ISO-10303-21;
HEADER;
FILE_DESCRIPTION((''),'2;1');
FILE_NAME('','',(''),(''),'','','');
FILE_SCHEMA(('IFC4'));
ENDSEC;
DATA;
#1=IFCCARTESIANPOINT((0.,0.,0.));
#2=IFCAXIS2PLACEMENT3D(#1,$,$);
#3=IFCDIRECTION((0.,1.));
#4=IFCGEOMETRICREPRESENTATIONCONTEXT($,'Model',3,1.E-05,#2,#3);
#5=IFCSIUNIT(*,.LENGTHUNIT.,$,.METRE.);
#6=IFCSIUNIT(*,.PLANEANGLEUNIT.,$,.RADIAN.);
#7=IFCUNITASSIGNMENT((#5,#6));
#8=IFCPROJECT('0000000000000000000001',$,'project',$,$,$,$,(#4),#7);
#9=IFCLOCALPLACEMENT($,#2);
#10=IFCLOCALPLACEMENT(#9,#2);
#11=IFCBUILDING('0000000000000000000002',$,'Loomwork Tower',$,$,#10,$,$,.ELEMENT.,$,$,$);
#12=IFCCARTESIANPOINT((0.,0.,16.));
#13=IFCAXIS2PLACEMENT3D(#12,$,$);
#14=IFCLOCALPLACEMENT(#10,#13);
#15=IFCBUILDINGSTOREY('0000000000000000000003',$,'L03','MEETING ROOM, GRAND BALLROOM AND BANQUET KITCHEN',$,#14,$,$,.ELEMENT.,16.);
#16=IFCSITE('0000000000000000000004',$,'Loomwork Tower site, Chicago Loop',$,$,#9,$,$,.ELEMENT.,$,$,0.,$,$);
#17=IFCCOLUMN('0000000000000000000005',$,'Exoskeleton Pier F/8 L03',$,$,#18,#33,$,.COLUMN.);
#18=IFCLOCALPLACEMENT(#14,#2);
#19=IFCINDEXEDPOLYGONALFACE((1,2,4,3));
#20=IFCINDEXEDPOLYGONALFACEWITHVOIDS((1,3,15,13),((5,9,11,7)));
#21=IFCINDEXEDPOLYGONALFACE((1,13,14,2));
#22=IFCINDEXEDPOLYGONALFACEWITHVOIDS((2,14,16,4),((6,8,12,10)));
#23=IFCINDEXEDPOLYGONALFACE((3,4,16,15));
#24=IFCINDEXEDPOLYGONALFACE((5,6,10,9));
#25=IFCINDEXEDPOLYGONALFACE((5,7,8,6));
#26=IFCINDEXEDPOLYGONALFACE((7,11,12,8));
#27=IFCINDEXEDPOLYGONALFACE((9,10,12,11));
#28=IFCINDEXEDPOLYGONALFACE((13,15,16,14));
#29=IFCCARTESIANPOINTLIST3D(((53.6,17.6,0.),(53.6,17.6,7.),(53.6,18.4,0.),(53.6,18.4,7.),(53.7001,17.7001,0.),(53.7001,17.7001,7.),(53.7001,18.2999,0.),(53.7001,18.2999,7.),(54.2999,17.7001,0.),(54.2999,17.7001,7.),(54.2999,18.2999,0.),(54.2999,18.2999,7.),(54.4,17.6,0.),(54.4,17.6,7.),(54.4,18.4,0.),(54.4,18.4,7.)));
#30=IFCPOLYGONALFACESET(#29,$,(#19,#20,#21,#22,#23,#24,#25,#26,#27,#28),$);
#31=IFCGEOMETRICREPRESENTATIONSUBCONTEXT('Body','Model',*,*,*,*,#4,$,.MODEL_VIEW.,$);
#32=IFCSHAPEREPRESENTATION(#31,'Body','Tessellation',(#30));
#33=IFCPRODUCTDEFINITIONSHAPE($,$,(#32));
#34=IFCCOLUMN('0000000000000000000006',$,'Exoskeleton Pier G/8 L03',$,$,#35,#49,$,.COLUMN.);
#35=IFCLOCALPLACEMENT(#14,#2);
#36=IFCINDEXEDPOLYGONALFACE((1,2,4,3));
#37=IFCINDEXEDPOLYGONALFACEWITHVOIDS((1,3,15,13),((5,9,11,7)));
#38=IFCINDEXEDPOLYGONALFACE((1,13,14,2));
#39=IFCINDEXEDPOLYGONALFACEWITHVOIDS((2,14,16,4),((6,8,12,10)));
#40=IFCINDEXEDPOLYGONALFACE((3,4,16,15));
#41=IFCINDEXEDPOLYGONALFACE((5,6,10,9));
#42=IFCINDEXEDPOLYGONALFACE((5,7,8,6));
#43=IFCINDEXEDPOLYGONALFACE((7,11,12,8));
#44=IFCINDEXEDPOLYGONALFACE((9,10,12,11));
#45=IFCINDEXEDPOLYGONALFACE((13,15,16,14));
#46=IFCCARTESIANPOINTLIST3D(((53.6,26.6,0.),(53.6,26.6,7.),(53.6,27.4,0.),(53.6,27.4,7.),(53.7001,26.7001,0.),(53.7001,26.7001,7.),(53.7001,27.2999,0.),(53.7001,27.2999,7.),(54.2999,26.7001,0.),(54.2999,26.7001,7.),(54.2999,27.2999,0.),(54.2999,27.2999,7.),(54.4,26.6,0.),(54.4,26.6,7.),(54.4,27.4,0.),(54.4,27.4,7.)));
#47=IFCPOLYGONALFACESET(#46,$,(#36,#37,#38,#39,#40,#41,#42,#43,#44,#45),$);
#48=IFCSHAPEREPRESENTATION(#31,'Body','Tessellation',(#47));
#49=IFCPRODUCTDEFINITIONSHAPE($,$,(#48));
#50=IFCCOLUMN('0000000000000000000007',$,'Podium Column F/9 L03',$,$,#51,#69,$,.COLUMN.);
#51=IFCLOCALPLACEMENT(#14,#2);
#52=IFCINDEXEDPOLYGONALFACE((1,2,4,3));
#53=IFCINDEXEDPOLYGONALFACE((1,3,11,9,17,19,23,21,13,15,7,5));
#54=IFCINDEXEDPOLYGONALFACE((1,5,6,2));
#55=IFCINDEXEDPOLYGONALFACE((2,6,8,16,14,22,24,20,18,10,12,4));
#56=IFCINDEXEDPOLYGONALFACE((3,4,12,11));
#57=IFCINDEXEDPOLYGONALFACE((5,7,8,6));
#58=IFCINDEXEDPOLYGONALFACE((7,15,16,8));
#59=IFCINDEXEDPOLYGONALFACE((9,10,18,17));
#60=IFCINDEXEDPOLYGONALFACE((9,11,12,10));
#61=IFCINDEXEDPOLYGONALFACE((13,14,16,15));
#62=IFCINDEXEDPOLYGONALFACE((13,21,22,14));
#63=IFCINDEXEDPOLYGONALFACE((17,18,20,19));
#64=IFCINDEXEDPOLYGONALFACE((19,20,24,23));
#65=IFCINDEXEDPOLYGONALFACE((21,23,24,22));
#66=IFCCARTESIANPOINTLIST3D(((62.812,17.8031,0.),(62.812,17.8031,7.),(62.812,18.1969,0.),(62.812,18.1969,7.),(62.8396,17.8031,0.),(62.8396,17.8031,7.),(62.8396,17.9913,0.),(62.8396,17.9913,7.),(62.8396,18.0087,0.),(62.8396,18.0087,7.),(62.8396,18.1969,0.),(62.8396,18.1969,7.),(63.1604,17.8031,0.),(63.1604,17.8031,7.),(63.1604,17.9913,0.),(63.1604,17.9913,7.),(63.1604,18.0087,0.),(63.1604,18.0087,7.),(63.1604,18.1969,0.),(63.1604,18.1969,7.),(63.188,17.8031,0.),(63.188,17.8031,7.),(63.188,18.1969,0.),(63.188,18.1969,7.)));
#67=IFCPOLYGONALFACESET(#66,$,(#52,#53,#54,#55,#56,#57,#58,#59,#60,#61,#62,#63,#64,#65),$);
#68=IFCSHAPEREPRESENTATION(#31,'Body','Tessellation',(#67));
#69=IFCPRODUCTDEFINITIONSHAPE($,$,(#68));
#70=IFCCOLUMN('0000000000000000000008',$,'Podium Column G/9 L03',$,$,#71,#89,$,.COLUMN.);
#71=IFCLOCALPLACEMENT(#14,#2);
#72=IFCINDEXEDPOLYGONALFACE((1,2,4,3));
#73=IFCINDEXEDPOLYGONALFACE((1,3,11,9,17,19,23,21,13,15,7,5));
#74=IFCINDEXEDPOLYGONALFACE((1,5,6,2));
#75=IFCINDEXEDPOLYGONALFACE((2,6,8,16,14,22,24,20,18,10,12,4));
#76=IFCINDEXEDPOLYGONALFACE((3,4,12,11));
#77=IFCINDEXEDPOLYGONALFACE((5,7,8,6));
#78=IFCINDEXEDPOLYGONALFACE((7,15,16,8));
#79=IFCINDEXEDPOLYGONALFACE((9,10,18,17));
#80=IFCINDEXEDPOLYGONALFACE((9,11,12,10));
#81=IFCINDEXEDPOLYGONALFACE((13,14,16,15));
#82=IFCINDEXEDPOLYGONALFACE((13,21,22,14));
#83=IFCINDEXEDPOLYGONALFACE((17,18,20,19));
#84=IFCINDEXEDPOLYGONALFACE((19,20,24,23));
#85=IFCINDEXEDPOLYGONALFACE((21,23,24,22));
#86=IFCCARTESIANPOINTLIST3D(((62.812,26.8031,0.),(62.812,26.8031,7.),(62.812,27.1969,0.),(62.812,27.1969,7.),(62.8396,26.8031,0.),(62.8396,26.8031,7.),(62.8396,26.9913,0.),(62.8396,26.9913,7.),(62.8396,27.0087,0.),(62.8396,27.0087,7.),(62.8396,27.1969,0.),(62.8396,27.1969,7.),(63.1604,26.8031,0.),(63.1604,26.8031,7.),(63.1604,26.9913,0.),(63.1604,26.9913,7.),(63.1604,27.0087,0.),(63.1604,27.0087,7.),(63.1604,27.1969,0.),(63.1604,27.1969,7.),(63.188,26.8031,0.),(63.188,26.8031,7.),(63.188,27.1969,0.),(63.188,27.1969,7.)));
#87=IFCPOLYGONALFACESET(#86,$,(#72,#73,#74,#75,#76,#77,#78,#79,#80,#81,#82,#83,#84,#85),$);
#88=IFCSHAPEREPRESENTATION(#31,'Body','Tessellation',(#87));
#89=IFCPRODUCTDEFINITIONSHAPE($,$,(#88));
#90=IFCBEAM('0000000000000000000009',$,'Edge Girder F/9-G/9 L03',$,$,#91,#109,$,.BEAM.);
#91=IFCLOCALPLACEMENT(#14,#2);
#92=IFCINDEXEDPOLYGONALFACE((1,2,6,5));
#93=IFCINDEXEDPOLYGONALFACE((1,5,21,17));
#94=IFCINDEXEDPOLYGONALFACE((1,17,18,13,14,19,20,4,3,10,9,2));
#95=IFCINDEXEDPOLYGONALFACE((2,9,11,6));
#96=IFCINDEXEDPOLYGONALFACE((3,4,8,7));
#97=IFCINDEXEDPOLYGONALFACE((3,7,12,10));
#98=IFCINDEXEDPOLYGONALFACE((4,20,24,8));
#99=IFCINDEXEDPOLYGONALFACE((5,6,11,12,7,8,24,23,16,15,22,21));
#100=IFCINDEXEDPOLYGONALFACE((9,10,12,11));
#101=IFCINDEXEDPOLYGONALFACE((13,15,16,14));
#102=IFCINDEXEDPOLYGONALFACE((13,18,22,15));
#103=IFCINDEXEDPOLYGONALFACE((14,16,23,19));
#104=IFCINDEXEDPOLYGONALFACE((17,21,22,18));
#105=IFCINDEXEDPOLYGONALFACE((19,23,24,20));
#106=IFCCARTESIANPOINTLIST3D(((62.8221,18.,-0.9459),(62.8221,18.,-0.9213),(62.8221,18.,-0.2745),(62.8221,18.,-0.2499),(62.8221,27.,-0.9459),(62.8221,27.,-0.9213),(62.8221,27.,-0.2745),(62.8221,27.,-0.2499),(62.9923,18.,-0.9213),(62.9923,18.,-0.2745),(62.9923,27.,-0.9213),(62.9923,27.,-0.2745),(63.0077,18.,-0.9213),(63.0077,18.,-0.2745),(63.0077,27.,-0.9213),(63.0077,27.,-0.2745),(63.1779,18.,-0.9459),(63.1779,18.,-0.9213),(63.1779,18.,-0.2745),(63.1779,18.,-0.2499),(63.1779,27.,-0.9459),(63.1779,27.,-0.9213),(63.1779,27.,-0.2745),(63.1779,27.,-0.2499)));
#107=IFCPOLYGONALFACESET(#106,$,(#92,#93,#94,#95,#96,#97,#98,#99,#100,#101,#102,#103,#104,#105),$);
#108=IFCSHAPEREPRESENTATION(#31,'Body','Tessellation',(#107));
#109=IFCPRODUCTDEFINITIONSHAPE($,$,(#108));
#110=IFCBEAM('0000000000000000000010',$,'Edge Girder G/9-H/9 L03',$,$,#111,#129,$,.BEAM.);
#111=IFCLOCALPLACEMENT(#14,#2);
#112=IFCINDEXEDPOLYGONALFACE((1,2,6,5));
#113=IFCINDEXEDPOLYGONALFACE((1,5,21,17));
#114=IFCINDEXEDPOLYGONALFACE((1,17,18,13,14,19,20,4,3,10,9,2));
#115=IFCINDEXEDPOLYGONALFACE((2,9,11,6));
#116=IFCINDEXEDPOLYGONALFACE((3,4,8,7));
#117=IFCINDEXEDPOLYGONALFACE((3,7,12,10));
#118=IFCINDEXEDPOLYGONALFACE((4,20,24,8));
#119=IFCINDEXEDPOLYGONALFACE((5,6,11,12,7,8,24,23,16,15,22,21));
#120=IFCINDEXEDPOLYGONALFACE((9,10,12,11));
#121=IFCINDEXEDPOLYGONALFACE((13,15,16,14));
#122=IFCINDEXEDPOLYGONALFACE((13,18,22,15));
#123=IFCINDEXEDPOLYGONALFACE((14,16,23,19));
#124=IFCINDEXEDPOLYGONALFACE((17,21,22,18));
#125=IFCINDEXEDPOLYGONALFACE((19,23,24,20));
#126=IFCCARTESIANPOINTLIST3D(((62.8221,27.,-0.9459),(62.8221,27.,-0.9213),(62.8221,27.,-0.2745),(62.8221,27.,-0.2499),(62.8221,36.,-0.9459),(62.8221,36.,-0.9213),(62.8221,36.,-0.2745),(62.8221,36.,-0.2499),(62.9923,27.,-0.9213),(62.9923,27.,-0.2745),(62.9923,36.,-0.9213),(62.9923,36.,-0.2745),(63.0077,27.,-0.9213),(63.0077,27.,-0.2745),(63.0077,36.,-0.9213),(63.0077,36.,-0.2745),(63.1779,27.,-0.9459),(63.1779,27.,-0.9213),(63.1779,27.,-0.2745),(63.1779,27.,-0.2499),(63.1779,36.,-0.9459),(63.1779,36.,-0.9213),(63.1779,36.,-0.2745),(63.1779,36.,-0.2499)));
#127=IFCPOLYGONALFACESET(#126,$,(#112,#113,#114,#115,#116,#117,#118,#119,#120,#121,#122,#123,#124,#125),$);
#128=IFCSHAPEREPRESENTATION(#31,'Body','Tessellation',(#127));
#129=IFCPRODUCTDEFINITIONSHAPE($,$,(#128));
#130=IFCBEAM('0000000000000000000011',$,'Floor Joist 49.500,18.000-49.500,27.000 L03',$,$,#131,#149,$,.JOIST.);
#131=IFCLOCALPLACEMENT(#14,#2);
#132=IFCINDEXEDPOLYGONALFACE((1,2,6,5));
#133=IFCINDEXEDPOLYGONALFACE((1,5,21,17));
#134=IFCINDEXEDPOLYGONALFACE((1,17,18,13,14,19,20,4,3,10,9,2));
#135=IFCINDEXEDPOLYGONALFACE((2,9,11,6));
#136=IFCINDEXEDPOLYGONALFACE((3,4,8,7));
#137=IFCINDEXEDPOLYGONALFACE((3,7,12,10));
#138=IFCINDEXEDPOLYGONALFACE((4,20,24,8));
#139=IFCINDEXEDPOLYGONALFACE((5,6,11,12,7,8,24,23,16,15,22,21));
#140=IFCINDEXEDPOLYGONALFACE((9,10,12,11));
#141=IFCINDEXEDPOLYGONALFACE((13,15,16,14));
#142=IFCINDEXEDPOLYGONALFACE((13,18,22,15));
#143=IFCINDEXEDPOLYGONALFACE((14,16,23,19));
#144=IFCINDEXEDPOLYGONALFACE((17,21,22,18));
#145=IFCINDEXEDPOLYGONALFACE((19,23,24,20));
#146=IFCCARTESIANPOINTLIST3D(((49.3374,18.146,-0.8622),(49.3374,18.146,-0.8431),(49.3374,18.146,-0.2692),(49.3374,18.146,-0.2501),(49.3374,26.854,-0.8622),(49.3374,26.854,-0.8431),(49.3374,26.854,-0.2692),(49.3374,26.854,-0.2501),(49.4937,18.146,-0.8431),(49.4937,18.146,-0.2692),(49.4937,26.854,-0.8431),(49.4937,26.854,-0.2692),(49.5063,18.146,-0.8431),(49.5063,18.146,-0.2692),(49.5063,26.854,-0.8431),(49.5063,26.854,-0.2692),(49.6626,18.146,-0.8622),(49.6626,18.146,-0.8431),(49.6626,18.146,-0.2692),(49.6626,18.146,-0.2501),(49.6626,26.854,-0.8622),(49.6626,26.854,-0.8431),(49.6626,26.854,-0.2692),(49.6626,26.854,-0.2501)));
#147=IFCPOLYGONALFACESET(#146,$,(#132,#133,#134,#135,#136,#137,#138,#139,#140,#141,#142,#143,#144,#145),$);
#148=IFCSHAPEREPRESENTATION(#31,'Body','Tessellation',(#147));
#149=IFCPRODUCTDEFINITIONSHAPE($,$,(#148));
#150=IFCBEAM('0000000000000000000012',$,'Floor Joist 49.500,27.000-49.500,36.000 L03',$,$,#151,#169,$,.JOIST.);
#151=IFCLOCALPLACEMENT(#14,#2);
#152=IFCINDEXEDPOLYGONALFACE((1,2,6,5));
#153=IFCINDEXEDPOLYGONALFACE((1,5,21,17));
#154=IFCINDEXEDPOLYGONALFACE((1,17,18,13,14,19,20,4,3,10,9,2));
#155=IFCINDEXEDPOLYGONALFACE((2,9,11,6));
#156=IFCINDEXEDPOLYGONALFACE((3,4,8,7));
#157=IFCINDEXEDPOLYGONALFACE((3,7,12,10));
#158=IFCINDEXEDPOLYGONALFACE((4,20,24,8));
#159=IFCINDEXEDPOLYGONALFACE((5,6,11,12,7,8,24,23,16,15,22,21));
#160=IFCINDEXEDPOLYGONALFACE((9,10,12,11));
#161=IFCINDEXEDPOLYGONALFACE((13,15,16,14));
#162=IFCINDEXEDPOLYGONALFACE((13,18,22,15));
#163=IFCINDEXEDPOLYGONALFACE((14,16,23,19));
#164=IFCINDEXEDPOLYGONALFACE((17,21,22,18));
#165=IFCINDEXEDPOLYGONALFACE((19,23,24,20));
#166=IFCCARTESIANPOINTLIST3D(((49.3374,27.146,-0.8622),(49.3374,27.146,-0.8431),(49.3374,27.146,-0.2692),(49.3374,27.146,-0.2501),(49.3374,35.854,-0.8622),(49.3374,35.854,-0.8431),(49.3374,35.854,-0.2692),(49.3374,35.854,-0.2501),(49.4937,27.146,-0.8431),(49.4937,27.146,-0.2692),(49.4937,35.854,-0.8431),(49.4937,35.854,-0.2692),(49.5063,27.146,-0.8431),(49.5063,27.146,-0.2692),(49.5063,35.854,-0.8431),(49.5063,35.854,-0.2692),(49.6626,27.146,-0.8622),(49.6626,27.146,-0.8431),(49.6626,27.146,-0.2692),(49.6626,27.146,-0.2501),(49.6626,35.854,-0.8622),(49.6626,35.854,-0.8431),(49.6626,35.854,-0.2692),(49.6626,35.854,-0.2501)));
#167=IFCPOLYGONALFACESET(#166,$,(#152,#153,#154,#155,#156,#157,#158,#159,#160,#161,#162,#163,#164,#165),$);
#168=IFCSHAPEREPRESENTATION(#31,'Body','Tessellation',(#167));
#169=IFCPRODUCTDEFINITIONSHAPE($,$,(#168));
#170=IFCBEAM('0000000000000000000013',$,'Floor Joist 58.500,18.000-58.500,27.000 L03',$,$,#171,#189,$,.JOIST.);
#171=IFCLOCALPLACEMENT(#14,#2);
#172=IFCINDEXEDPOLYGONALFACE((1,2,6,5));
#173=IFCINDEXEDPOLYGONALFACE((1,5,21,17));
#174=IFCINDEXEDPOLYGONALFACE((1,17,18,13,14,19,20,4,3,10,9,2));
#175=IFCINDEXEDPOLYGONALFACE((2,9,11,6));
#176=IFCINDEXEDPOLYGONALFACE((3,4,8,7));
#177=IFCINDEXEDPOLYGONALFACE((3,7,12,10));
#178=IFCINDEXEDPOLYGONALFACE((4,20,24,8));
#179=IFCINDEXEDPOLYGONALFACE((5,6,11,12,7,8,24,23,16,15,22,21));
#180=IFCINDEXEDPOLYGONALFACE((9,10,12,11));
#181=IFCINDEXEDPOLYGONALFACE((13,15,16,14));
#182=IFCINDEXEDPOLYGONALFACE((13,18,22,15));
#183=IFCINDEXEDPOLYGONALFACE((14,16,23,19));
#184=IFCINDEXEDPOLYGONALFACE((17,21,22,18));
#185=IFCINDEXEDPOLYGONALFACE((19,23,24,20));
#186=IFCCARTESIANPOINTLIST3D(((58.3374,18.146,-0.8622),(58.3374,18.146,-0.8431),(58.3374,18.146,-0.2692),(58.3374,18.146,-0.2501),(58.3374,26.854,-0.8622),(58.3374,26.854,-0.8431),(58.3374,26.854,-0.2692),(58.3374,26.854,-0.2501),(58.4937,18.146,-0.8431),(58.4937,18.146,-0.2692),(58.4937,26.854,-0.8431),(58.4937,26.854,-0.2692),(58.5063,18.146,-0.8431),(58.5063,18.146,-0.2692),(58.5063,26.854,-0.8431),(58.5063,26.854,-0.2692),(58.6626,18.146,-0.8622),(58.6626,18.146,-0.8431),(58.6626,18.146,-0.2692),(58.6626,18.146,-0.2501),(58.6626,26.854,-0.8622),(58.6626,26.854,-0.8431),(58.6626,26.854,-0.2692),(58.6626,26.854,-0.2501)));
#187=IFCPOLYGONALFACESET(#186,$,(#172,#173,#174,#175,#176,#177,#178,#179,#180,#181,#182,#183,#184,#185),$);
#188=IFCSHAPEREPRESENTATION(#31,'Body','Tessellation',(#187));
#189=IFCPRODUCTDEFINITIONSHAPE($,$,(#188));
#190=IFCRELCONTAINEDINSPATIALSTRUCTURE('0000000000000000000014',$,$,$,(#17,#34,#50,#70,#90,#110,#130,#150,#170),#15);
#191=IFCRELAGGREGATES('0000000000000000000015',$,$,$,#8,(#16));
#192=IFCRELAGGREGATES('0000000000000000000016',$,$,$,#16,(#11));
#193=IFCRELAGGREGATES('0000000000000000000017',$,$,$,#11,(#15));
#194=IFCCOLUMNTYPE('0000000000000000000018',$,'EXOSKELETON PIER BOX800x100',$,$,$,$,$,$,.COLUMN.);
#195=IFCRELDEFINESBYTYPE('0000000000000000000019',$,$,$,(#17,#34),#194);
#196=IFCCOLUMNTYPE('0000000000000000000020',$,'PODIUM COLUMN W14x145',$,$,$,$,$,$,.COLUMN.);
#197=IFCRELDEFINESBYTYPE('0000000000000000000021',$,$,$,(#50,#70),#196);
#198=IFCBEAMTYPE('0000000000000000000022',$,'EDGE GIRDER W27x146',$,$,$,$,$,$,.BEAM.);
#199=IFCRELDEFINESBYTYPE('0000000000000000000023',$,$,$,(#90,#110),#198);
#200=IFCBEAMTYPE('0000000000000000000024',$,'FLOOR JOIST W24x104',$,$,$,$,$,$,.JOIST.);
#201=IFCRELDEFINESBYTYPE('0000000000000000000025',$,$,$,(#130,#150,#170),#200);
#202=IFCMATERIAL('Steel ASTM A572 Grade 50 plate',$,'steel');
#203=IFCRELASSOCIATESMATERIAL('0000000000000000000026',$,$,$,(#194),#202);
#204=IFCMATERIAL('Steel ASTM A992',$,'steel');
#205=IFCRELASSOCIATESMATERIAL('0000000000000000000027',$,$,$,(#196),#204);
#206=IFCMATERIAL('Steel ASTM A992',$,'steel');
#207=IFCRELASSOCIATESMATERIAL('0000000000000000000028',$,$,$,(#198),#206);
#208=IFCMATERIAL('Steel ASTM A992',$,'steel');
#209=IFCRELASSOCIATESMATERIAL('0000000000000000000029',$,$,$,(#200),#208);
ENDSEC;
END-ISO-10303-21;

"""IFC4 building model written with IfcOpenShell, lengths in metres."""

from ifc_helpers import new_model, si_unit, direction, frame, origin, origin_2d, place, context, subcontext, project, spatial, hollow_rectangle, i_section, extrude, material, material_profile, profile_set, type_object, element, save


model = new_model("IFC4")

# Units and contexts
model_context = context("Model", 3, precision=1e-05, world=origin(), true_north=direction((0.0, 1.0)))
body_context = subcontext(model_context, "Body", "Model", "MODEL_VIEW")
ifc_project = project(units=[si_unit("LENGTHUNIT", "METRE"), si_unit("PLANEANGLEUNIT", "RADIAN")], contexts=[model_context])

# Site, building, storey
site_placement = place(None, origin())
site = spatial("IfcSite", under=ifc_project, at=site_placement, Name="Loomwork Tower site, Chicago Loop", CompositionType="ELEMENT", RefElevation=0.0)
building_placement = place(site_placement, origin())
building = spatial("IfcBuilding", under=site, at=building_placement, Name="Loomwork Tower", CompositionType="ELEMENT")
storey_placement = place(building_placement, frame((0.0, 0.0, 16.0)))
storey = spatial("IfcBuildingStorey", under=building, at=storey_placement, Name="L03", Description="MEETING ROOM, GRAND BALLROOM AND BANQUET KITCHEN", CompositionType="ELEMENT", Elevation=16.0)

# Columns
ifc_material_1 = material(Name="Steel ASTM A572 Grade 50 plate", Category="steel")
ifc_material_profile_1 = material_profile(ifc_material_1, hollow_rectangle(XDim=0.8, YDim=0.8, WallThickness=0.1001, at=origin_2d()), Name="BOX800x100")
ifc_profile_set_1 = profile_set([ifc_material_profile_1], Name="Steel ASTM A572 Grade 50 plate")
column_type_1 = type_object("IfcColumnType", Name="EXOSKELETON PIER BOX800x100", PredefinedType="COLUMN", material=ifc_profile_set_1)
for number, where, z_axis, x_axis, name in (
    (1, (54.0, 18.0, 0.0), (0.0, 0.0, 1.0), (0.0, 1.0, 0.0), "Exoskeleton Pier F/8 L03"),
    (2, (54.0, 27.0, 0.0), (0.0, 0.0, 1.0), (0.0, 1.0, 0.0), "Exoskeleton Pier G/8 L03"),
):
    element("IfcColumn", number, at=place(storey_placement, frame(where, z_axis=z_axis, x_axis=x_axis)), inside=storey, type_object=column_type_1, Name=name, PredefinedType="COLUMN", context=body_context, shape_type="SweptSolid", body=[
        extrude(hollow_rectangle(XDim=0.8, YDim=0.8, WallThickness=0.1001, at=origin_2d()), origin(), (0.0, 0.0, 1.0), 7.0),
    ])
ifc_material_2 = material(Name="Steel ASTM A992", Category="steel")
ifc_material_profile_2 = material_profile(ifc_material_2, i_section(OverallWidth=0.3938, OverallDepth=0.376, WebThickness=0.0173, FlangeThickness=0.0276, at=origin_2d()), Name="W14x145")
ifc_profile_set_2 = profile_set([ifc_material_profile_2], Name="Steel ASTM A992")
column_type_2 = type_object("IfcColumnType", Name="PODIUM COLUMN W14x145", PredefinedType="COLUMN", material=ifc_profile_set_2)
for number, where, z_axis, x_axis, name in (
    (3, (63.0, 18.0, 0.0), (0.0, 0.0, 1.0), (0.0, 1.0, 0.0), "Podium Column F/9 L03"),
    (4, (63.0, 27.0, 0.0), (0.0, 0.0, 1.0), (0.0, 1.0, 0.0), "Podium Column G/9 L03"),
):
    element("IfcColumn", number, at=place(storey_placement, frame(where, z_axis=z_axis, x_axis=x_axis)), inside=storey, type_object=column_type_2, Name=name, PredefinedType="COLUMN", context=body_context, shape_type="SweptSolid", body=[
        extrude(i_section(OverallWidth=0.3938, OverallDepth=0.376, WebThickness=0.0173, FlangeThickness=0.0276, at=origin_2d()), origin(), (0.0, 0.0, 1.0), 7.0),
    ])

# Beams
ifc_material_3 = material(Name="Steel ASTM A992", Category="steel")
ifc_material_profile_3 = material_profile(ifc_material_3, i_section(OverallWidth=0.3557, OverallDepth=0.696, WebThickness=0.0154, FlangeThickness=0.0247, at=origin_2d()), Name="W27x146")
ifc_profile_set_3 = profile_set([ifc_material_profile_3], Name="Steel ASTM A992")
beam_type_1 = type_object("IfcBeamType", Name="EDGE GIRDER W27x146", PredefinedType="BEAM", material=ifc_profile_set_3)
for number, where, z_axis, x_axis, name in (
    (5, (63.0, 18.0, -0.5979), (0.0, 1.0, 0.0), (-1.0, 0.0, 0.0), "Edge Girder F/9-G/9 L03"),
    (6, (63.0, 27.0, -0.5979), (0.0, 1.0, 0.0), (-1.0, 0.0, 0.0), "Edge Girder G/9-H/9 L03"),
):
    element("IfcBeam", number, at=place(storey_placement, frame(where, z_axis=z_axis, x_axis=x_axis)), inside=storey, type_object=beam_type_1, Name=name, PredefinedType="BEAM", context=body_context, shape_type="SweptSolid", body=[
        extrude(i_section(OverallWidth=0.3557, OverallDepth=0.696, WebThickness=0.0154, FlangeThickness=0.0247, at=origin_2d()), origin(), (0.0, 0.0, 1.0), 9.0),
    ])
ifc_material_4 = material(Name="Steel ASTM A992", Category="steel")
ifc_material_profile_4 = material_profile(ifc_material_4, i_section(OverallWidth=0.3252, OverallDepth=0.6121, WebThickness=0.0127, FlangeThickness=0.019, at=origin_2d()), Name="W24x104")
ifc_profile_set_4 = profile_set([ifc_material_profile_4], Name="Steel ASTM A992")
beam_type_2 = type_object("IfcBeamType", Name="FLOOR JOIST W24x104", PredefinedType="JOIST", material=ifc_profile_set_4)
for number, where, z_axis, x_axis, name in (
    (7, (49.5, 18.146, -0.5562), (0.0, 1.0, 0.0), (-1.0, 0.0, 0.0), "Floor Joist 49.500,18.000-49.500,27.000 L03"),
    (8, (49.5, 27.146, -0.5562), (0.0, 1.0, 0.0), (-1.0, 0.0, 0.0), "Floor Joist 49.500,27.000-49.500,36.000 L03"),
    (9, (58.5, 18.146, -0.5562), (0.0, 1.0, 0.0), (-1.0, 0.0, 0.0), "Floor Joist 58.500,18.000-58.500,27.000 L03"),
):
    element("IfcBeam", number, at=place(storey_placement, frame(where, z_axis=z_axis, x_axis=x_axis)), inside=storey, type_object=beam_type_2, Name=name, PredefinedType="JOIST", context=body_context, shape_type="SweptSolid", body=[
        extrude(i_section(OverallWidth=0.3252, OverallDepth=0.6121, WebThickness=0.0127, FlangeThickness=0.019, at=origin_2d()), origin(), (0.0, 0.0, 1.0), 8.708),
    ])

save(model, "model.ifc")
